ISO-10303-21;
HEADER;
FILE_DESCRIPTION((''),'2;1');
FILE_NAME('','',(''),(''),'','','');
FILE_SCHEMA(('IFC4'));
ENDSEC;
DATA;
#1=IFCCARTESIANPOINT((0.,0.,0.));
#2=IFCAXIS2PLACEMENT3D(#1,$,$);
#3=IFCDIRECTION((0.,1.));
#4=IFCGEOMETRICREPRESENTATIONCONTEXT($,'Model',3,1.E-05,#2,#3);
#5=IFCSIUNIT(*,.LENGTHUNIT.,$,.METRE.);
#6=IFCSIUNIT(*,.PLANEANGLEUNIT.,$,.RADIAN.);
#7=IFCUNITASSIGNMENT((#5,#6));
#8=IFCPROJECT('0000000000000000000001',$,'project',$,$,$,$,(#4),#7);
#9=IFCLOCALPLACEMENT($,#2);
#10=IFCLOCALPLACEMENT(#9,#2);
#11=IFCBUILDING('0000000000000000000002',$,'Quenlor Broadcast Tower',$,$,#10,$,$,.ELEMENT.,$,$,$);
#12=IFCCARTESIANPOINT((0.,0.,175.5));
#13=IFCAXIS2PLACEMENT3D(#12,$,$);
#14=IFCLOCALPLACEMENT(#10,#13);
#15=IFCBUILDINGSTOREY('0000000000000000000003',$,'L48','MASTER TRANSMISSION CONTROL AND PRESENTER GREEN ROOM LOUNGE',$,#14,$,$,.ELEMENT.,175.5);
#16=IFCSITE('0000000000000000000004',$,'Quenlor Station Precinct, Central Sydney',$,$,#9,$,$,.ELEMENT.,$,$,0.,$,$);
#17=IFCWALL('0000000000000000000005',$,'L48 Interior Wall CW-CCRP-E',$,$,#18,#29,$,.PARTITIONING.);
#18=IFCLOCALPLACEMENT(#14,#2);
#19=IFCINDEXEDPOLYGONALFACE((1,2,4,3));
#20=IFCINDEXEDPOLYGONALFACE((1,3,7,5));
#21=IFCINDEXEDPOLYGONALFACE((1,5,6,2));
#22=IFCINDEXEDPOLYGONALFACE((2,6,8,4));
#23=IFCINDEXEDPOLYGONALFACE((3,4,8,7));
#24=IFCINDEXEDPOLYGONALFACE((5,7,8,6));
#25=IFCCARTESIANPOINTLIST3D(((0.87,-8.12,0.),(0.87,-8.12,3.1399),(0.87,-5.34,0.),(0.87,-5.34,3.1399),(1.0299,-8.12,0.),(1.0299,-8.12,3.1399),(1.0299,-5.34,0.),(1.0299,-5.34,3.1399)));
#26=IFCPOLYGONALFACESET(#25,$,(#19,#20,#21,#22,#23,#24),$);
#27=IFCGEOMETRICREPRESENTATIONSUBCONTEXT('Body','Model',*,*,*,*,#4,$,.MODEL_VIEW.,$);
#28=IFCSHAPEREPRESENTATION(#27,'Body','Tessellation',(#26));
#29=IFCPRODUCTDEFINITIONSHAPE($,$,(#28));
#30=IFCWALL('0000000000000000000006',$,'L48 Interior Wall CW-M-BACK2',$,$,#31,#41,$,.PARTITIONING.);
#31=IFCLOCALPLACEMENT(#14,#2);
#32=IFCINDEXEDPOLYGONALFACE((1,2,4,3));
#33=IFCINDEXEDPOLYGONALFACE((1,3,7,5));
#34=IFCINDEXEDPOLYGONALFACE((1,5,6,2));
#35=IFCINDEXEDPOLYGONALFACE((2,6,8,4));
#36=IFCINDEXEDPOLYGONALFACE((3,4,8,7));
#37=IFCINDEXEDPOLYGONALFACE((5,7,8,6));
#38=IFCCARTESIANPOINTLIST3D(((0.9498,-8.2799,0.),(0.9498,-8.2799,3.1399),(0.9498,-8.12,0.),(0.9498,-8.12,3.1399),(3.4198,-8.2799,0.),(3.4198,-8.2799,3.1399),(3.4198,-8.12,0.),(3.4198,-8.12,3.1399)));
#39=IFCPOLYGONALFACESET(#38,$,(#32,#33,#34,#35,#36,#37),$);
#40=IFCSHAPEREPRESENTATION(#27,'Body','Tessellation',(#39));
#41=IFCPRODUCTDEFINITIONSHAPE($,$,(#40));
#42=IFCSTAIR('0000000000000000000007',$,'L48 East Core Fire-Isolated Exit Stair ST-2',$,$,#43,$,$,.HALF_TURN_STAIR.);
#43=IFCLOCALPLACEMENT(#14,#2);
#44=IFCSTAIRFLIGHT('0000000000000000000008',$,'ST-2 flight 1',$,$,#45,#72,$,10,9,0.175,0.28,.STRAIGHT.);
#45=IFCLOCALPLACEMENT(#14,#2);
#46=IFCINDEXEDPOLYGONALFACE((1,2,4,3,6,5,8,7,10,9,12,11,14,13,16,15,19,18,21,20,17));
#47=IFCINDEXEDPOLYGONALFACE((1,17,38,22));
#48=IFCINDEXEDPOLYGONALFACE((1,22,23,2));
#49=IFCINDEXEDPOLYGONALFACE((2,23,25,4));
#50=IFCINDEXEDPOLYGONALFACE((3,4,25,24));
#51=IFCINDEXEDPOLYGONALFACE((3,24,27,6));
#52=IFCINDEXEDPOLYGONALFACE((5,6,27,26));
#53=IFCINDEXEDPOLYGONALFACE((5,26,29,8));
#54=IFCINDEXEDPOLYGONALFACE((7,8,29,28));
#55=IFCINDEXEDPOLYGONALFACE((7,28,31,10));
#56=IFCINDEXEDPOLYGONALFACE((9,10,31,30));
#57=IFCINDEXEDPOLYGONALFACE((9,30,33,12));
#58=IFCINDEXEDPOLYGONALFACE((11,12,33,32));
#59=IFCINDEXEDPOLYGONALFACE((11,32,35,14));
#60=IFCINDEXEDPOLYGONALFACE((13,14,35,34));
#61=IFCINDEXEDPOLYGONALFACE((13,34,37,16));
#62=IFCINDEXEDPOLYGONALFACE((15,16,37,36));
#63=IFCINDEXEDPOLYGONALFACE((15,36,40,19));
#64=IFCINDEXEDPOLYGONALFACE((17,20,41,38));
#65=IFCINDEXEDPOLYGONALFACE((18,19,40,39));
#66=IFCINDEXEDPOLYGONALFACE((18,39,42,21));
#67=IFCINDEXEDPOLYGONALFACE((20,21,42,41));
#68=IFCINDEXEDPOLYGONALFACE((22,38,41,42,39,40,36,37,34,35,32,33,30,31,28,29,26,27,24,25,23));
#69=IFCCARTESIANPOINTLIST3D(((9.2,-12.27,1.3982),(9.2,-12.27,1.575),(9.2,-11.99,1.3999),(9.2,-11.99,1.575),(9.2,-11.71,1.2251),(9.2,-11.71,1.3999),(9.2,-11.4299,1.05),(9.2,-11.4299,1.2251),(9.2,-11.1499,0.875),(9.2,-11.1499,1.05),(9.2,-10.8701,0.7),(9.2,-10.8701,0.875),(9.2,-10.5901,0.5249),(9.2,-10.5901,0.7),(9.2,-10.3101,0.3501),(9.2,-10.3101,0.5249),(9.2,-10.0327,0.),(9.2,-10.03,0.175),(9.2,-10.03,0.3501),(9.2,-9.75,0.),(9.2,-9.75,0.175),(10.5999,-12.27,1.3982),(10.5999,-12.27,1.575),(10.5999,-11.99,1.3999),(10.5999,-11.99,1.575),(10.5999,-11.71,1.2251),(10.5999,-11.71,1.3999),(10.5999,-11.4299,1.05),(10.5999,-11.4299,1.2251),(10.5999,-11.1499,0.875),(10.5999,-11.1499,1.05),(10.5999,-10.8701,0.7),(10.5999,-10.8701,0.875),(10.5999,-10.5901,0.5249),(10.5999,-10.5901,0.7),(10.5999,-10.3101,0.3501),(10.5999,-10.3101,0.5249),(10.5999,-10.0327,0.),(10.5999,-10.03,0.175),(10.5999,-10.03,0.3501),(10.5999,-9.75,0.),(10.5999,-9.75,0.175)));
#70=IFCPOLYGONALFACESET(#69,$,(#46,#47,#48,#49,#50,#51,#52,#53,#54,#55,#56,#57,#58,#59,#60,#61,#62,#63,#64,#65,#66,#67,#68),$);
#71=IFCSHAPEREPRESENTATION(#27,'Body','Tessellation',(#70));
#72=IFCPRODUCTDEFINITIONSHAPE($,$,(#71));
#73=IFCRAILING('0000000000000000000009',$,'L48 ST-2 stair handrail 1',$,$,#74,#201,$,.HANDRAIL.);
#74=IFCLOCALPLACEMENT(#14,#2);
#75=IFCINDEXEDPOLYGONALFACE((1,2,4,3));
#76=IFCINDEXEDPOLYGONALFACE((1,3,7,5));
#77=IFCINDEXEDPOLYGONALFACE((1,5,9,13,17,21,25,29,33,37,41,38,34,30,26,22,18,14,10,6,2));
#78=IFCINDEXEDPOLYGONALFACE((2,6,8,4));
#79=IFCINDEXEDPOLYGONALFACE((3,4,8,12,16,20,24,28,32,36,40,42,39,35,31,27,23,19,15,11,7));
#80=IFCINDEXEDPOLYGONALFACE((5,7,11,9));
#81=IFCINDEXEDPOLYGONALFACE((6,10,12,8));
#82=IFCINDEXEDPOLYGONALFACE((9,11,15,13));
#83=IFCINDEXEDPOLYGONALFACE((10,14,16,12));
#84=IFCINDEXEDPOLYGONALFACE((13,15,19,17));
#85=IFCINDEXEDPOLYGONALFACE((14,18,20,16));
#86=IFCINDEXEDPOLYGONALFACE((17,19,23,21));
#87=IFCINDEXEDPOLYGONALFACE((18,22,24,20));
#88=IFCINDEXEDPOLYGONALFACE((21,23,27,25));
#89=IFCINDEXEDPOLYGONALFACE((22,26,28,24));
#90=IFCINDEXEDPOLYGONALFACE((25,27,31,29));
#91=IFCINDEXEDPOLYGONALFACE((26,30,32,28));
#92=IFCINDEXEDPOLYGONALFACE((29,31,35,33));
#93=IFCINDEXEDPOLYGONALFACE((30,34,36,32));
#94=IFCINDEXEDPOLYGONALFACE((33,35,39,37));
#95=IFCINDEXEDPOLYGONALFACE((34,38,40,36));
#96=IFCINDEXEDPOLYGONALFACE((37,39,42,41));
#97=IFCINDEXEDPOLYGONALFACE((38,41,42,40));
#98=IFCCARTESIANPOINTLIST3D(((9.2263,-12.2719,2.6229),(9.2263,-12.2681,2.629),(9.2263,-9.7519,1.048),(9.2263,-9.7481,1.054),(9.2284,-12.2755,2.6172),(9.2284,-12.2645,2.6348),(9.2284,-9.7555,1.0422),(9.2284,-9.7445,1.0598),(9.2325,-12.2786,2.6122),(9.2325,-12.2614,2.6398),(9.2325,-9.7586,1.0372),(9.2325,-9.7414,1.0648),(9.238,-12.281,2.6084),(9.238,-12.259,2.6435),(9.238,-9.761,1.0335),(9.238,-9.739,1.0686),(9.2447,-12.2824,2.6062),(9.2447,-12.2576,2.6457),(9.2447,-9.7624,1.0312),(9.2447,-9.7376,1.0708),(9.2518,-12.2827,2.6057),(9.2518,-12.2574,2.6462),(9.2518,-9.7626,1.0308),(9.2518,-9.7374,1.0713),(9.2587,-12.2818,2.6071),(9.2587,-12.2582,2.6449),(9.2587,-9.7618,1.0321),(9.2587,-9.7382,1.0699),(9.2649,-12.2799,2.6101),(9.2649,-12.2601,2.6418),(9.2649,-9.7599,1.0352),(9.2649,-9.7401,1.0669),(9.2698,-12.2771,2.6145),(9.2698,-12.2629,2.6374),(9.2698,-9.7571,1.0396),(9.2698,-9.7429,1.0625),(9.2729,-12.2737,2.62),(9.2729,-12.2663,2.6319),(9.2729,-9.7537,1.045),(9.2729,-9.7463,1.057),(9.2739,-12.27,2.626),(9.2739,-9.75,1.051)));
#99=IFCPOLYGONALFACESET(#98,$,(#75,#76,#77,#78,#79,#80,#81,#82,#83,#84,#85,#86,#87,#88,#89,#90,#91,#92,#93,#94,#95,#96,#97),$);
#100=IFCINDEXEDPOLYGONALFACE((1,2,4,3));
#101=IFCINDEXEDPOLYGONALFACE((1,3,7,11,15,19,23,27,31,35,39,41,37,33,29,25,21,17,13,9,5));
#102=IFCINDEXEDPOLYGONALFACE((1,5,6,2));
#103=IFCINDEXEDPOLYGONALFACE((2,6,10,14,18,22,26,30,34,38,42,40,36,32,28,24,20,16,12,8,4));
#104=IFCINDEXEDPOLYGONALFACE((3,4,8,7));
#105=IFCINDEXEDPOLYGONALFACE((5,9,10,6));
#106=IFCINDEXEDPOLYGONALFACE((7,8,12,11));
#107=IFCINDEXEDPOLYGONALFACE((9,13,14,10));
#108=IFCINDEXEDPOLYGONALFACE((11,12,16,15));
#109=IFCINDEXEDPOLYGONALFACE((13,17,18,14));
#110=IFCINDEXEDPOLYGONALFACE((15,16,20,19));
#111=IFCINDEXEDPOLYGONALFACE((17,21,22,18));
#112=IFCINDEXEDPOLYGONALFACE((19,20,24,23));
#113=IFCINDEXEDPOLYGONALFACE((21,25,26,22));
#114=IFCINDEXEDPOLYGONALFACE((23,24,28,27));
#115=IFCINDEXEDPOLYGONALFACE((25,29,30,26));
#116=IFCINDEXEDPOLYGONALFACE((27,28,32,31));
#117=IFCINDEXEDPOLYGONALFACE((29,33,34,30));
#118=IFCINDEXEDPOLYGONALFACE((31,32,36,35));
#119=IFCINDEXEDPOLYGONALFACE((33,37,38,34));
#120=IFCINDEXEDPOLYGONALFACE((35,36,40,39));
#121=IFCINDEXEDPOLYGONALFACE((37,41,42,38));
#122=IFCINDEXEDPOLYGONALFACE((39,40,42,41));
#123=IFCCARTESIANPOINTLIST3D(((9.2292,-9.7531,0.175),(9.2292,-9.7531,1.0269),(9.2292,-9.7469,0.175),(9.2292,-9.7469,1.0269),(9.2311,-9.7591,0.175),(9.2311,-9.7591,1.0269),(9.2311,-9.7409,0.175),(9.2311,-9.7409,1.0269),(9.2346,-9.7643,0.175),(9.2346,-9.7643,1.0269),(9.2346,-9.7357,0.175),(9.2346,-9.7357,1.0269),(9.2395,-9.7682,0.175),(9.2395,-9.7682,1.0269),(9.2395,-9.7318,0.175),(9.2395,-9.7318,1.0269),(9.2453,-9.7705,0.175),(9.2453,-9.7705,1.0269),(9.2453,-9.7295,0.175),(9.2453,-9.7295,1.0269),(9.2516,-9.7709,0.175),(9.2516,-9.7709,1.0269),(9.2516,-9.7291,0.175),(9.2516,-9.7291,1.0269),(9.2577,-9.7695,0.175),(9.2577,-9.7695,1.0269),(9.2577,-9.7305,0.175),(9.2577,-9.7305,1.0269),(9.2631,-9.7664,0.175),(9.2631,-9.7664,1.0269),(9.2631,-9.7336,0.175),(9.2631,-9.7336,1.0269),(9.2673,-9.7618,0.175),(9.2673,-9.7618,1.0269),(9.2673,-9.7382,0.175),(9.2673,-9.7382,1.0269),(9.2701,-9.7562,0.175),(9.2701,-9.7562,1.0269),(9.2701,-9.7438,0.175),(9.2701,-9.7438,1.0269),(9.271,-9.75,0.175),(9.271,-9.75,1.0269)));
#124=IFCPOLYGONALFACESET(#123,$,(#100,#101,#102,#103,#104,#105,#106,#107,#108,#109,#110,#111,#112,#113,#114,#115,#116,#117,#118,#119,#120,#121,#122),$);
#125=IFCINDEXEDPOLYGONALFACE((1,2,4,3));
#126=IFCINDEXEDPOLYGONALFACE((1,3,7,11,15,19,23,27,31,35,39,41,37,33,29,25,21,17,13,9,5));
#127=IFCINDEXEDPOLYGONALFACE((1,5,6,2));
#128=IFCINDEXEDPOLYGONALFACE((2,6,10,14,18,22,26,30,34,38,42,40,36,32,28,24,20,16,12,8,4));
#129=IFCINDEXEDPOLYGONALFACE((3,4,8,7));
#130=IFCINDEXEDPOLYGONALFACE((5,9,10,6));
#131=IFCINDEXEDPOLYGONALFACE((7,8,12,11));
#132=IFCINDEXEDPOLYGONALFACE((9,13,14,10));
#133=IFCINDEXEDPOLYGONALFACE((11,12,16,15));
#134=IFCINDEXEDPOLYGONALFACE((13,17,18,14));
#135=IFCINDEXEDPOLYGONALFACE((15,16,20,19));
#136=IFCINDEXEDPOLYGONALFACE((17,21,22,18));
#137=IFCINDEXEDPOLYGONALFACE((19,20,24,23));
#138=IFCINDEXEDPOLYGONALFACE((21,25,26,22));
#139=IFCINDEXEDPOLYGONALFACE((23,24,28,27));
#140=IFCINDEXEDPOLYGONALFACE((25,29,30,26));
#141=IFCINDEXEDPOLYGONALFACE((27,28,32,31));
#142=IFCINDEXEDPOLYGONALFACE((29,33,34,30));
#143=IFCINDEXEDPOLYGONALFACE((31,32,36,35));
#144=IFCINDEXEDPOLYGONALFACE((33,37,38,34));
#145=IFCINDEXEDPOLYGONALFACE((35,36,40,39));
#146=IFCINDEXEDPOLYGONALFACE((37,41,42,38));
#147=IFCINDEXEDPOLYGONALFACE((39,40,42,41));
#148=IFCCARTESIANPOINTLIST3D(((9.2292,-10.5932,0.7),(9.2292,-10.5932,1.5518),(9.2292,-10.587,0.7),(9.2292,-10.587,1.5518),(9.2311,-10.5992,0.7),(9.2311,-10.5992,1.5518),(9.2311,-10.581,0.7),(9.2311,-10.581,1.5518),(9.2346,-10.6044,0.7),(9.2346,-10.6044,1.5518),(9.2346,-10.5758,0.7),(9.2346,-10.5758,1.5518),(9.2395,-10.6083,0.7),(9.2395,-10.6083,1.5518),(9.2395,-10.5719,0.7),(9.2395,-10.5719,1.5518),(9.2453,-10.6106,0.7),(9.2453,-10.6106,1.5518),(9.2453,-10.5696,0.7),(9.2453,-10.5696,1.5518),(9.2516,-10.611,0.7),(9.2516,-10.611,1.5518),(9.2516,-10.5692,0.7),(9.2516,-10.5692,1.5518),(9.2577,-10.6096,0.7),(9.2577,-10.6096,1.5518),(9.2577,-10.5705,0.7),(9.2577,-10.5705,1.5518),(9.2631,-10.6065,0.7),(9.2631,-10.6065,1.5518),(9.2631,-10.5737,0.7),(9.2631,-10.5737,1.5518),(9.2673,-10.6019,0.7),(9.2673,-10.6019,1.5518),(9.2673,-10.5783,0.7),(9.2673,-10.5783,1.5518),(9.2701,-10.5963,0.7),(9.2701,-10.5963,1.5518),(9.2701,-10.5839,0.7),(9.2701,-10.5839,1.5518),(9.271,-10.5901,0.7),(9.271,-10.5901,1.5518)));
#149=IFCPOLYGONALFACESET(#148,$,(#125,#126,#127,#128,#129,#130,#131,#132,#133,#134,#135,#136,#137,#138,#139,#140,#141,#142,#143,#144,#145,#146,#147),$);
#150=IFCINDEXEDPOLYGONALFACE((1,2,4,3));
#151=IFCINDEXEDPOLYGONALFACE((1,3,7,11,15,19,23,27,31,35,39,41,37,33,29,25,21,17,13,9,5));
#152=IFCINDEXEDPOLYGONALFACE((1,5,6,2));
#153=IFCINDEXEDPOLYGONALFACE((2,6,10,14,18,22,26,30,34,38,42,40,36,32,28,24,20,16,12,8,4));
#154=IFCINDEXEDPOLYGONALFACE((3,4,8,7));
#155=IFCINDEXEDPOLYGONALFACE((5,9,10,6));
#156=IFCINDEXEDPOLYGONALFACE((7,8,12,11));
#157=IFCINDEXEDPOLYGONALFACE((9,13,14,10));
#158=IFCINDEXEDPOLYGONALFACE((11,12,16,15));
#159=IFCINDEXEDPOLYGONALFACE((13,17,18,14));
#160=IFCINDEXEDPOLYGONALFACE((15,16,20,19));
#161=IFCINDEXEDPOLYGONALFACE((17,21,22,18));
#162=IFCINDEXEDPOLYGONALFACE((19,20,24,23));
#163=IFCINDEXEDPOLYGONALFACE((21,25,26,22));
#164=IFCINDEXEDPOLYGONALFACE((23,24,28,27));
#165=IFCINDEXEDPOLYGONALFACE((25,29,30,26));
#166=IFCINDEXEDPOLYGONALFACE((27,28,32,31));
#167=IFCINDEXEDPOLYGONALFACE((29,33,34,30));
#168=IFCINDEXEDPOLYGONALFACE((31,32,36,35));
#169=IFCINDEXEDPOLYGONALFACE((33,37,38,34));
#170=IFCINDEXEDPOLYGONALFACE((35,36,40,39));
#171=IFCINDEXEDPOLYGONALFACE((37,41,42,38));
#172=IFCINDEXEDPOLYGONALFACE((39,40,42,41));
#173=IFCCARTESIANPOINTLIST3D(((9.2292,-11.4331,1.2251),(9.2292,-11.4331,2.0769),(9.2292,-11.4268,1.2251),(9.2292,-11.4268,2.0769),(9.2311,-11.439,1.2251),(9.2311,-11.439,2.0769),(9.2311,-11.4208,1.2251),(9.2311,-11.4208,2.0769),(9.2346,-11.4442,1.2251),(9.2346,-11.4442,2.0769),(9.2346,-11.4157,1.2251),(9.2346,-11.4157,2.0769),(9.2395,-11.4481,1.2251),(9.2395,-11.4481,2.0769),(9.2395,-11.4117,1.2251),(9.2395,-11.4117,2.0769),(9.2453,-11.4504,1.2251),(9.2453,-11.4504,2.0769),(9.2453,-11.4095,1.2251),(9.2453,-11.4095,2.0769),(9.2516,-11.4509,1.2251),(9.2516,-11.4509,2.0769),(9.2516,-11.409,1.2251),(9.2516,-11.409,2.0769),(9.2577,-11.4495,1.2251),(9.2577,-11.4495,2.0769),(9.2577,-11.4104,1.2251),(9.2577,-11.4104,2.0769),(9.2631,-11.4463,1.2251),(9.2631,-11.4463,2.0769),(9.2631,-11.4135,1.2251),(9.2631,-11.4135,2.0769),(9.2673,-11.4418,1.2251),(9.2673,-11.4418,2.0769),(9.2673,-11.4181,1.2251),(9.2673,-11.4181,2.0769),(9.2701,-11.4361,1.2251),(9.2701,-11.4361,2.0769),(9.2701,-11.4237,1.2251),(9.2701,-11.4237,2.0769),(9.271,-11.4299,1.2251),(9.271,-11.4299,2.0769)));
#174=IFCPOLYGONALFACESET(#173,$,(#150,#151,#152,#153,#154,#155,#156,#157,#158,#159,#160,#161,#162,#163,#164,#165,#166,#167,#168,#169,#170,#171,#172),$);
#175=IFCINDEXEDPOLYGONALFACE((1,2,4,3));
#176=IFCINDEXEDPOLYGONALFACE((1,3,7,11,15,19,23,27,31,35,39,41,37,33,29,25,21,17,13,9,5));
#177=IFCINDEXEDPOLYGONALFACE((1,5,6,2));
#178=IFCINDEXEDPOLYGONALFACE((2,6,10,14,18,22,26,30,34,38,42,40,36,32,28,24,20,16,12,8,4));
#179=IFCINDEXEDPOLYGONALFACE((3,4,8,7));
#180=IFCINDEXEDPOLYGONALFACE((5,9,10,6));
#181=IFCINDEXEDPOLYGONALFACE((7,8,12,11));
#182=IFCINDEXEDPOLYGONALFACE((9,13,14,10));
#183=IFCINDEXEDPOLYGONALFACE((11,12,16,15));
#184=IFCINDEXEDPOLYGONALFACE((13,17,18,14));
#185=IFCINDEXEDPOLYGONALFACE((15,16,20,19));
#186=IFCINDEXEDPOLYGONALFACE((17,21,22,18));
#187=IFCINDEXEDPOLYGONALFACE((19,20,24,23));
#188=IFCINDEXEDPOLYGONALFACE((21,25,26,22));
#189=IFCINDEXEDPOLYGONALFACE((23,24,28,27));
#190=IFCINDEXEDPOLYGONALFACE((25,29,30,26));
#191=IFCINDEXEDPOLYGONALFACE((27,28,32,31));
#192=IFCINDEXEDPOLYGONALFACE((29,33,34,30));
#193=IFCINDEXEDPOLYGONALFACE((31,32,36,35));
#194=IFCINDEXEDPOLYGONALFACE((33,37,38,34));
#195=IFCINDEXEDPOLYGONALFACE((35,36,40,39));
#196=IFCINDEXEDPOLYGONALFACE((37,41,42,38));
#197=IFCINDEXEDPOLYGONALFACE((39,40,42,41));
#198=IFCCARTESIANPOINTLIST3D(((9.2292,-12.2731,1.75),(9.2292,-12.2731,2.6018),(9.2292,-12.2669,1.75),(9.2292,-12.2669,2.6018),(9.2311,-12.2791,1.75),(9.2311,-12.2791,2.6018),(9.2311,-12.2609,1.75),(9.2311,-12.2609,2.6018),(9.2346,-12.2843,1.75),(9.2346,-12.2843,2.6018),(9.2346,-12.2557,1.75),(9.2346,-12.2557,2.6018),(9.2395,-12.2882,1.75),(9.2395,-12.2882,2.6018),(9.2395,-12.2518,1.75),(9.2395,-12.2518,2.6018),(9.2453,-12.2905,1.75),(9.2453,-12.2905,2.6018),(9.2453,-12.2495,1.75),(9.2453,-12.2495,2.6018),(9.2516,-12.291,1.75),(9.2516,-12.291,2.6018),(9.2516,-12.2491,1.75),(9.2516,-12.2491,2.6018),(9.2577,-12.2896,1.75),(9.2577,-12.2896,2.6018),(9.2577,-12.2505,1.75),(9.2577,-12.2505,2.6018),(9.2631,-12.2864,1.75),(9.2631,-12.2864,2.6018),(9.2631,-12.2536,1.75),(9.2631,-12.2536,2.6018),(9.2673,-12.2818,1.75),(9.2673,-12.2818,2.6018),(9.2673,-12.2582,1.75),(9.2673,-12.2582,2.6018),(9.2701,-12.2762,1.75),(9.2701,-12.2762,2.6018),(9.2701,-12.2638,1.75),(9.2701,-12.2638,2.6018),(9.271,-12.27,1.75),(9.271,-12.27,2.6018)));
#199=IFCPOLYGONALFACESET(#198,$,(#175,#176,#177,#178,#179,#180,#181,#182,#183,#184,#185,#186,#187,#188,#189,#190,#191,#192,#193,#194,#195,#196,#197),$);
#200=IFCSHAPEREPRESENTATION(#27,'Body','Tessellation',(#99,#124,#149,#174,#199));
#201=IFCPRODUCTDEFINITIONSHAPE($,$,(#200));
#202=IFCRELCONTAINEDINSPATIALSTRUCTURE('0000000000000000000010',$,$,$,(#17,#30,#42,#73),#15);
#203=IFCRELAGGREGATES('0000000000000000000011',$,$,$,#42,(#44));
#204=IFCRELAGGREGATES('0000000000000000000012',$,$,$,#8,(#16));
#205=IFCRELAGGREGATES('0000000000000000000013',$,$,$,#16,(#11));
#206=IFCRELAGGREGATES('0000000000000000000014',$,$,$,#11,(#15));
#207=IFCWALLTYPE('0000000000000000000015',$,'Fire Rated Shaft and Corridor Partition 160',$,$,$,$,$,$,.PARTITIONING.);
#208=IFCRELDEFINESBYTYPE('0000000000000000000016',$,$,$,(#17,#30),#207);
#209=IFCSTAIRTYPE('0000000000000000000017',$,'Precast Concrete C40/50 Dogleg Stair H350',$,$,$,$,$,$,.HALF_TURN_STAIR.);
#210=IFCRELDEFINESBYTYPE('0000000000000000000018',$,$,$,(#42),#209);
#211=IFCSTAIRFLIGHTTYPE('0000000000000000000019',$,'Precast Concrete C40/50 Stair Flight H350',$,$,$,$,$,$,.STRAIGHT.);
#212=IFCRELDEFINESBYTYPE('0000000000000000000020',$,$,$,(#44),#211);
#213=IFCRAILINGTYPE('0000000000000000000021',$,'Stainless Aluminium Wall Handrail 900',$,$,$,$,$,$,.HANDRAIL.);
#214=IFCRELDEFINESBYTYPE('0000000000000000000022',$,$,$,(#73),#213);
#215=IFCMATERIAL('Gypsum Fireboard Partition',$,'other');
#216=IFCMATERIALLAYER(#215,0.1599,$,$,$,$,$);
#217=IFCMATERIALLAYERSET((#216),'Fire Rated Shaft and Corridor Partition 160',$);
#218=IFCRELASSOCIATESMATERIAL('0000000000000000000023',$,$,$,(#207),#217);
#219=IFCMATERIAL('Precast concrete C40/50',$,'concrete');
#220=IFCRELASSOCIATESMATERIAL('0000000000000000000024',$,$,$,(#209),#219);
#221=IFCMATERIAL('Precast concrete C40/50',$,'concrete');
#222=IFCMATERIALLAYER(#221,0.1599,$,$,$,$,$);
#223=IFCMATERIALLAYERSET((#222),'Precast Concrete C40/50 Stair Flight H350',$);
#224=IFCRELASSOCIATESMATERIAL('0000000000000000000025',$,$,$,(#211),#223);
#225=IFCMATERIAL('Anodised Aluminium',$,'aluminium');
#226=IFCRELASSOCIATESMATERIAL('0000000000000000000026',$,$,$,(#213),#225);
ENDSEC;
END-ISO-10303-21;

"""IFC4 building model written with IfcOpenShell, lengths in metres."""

from ifc_helpers import new_model, si_unit, direction, frame, frame_2d, origin, origin_2d, place, context, subcontext, project, spatial, polyline, rectangle, circle, outline, extrude, material, layer, layer_set, type_object, element, aggregate, save


model = new_model("IFC4")

# Units and contexts
model_context = context("Model", 3, precision=1e-05, world=origin(), true_north=direction((0.0, 1.0)))
body_context = subcontext(model_context, "Body", "Model", "MODEL_VIEW")
ifc_project = project(units=[si_unit("LENGTHUNIT", "METRE"), si_unit("PLANEANGLEUNIT", "RADIAN")], contexts=[model_context])

# Site, building, storey
site_placement = place(None, origin())
site = spatial("IfcSite", under=ifc_project, at=site_placement, Name="Quenlor Station Precinct, Central Sydney", CompositionType="ELEMENT", RefElevation=0.0)
building_placement = place(site_placement, origin())
building = spatial("IfcBuilding", under=site, at=building_placement, Name="Quenlor Broadcast Tower", CompositionType="ELEMENT")
storey_placement = place(building_placement, frame((0.0, 0.0, 175.5)))
storey = spatial("IfcBuildingStorey", under=building, at=storey_placement, Name="L48", Description="MASTER TRANSMISSION CONTROL AND PRESENTER GREEN ROOM LOUNGE", CompositionType="ELEMENT", Elevation=175.5)

# Walls
ifc_material_1 = material(Name="Gypsum Fireboard Partition", Category="other")
ifc_layer_1 = layer(ifc_material_1, 0.1599)
ifc_layer_set_1 = layer_set([ifc_layer_1], Name="Fire Rated Shaft and Corridor Partition 160")
wall_type_1 = type_object("IfcWallType", Name="Fire Rated Shaft and Corridor Partition 160", PredefinedType="PARTITIONING", material=ifc_layer_set_1)
wall_1_placement = place(storey_placement, frame((0.95, -8.1201, 0.0), z_axis=(0.0, 0.0, 1.0), x_axis=(0.0, 1.0, 0.0)))
element("IfcWall", 1, at=wall_1_placement, inside=storey, type_object=wall_type_1, Name="L48 Interior Wall CW-CCRP-E", PredefinedType="PARTITIONING", context=body_context, shape_type="SweptSolid", body=[
    extrude(rectangle(XDim=2.78, YDim=0.1599, at=frame_2d((1.3901, 0.0))), origin(), (0.0, 0.0, 1.0), 3.1399),
])
wall_2_placement = place(storey_placement, frame((0.95, -8.2, 0.0), z_axis=(0.0, 0.0, 1.0), x_axis=(1.0, 0.0, 0.0)))
element("IfcWall", 2, at=wall_2_placement, inside=storey, type_object=wall_type_1, Name="L48 Interior Wall CW-M-BACK2", PredefinedType="PARTITIONING", context=body_context, shape_type="SweptSolid", body=[
    extrude(rectangle(XDim=2.47, YDim=0.1599, at=frame_2d((1.2349, 0.0))), origin(), (0.0, 0.0, 1.0), 3.1399),
])

# Stair, stair flight
ifc_material_2 = material(Name="Precast concrete C40/50", Category="concrete")
stair_type = type_object("IfcStairType", Name="Precast Concrete C40/50 Dogleg Stair H350", PredefinedType="HALF_TURN_STAIR", material=ifc_material_2)
stair_placement = place(storey_placement, origin())
stair = element("IfcStair", 3, at=stair_placement, inside=storey, type_object=stair_type, Name="L48 East Core Fire-Isolated Exit Stair ST-2", PredefinedType="HALF_TURN_STAIR")
ifc_material_3 = material(Name="Precast concrete C40/50", Category="concrete")
ifc_layer_2 = layer(ifc_material_3, 0.1599)
ifc_layer_set_2 = layer_set([ifc_layer_2], Name="Precast Concrete C40/50 Stair Flight H350")
stair_flight_type = type_object("IfcStairFlightType", Name="Precast Concrete C40/50 Stair Flight H350", PredefinedType="STRAIGHT", material=ifc_layer_set_2)
stair_flight_placement = place(storey_placement, frame((9.8999, -9.75, 0.0), z_axis=(0.0, 0.0, 1.0), x_axis=(0.0, -1.0, 0.0)))
stair_flight = element("IfcStairFlight", 4, at=stair_flight_placement, type_object=stair_flight_type, Name="ST-2 flight 1", NumberOfRisers=10, NumberOfTreads=9, PredefinedType="STRAIGHT", RiserHeight=0.175, TreadLength=0.28, context=body_context, shape_type="SweptSolid", body=[
    extrude(outline(polyline([(0.0, 0.0), (0.0, 0.175), (0.28, 0.175), (0.28, 0.3501), (0.5601, 0.3501), (0.5601, 0.5249), (0.8401, 0.5249), (0.8401, 0.7), (1.1201, 0.7), (1.1201, 0.875), (1.3999, 0.875), (1.3999, 1.05), (1.6799, 1.05), (1.6799, 1.2251), (1.96, 1.2251), (1.96, 1.3999), (2.24, 1.3999), (2.24, 1.575), (2.52, 1.575), (2.52, 1.75), (2.52, 1.3982), (0.2827, 0.0), (0.0, 0.0)])), frame((0.0, 0.7, 0.0), z_axis=(0.0, -1.0, 0.0), x_axis=(1.0, 0.0, 0.0)), (0.0, 0.0, 1.0), 1.3999),
])
aggregate(stair, [stair_flight])

# Railing
ifc_material_4 = material(Name="Anodised Aluminium", Category="aluminium")
railing_type_1 = type_object("IfcRailingType", Name="Stainless Aluminium Wall Handrail 900", PredefinedType="HANDRAIL", material=ifc_material_4)
railing_1_placement = place(storey_placement, frame((9.25, -9.75, 0.175)))
element("IfcRailing", 5, at=railing_1_placement, inside=storey, type_object=railing_type_1, Name="L48 ST-2 stair handrail 1", PredefinedType="HANDRAIL", context=body_context, shape_type="SweptSolid", body=[
    extrude(circle(Radius=0.0239, at=origin_2d()), frame((0.0, 0.0, 0.876), z_axis=(0.0, -0.848008, 0.529984), x_axis=(1.0, 0.0, 0.0)), (0.0, 0.0, 1.0), 2.9717),
    extrude(circle(Radius=0.021, at=origin_2d()), origin(), (0.0, 0.0, 1.0), 0.8518),
    extrude(circle(Radius=0.021, at=origin_2d()), frame((0.0, -0.8401, 0.5249)), (0.0, 0.0, 1.0), 0.8518),
    extrude(circle(Radius=0.021, at=origin_2d()), frame((0.0, -1.6799, 1.05)), (0.0, 0.0, 1.0), 0.8518),
    extrude(circle(Radius=0.021, at=origin_2d()), frame((0.0, -2.52, 1.575)), (0.0, 0.0, 1.0), 0.8518),
])

save(model, "model.ifc")
